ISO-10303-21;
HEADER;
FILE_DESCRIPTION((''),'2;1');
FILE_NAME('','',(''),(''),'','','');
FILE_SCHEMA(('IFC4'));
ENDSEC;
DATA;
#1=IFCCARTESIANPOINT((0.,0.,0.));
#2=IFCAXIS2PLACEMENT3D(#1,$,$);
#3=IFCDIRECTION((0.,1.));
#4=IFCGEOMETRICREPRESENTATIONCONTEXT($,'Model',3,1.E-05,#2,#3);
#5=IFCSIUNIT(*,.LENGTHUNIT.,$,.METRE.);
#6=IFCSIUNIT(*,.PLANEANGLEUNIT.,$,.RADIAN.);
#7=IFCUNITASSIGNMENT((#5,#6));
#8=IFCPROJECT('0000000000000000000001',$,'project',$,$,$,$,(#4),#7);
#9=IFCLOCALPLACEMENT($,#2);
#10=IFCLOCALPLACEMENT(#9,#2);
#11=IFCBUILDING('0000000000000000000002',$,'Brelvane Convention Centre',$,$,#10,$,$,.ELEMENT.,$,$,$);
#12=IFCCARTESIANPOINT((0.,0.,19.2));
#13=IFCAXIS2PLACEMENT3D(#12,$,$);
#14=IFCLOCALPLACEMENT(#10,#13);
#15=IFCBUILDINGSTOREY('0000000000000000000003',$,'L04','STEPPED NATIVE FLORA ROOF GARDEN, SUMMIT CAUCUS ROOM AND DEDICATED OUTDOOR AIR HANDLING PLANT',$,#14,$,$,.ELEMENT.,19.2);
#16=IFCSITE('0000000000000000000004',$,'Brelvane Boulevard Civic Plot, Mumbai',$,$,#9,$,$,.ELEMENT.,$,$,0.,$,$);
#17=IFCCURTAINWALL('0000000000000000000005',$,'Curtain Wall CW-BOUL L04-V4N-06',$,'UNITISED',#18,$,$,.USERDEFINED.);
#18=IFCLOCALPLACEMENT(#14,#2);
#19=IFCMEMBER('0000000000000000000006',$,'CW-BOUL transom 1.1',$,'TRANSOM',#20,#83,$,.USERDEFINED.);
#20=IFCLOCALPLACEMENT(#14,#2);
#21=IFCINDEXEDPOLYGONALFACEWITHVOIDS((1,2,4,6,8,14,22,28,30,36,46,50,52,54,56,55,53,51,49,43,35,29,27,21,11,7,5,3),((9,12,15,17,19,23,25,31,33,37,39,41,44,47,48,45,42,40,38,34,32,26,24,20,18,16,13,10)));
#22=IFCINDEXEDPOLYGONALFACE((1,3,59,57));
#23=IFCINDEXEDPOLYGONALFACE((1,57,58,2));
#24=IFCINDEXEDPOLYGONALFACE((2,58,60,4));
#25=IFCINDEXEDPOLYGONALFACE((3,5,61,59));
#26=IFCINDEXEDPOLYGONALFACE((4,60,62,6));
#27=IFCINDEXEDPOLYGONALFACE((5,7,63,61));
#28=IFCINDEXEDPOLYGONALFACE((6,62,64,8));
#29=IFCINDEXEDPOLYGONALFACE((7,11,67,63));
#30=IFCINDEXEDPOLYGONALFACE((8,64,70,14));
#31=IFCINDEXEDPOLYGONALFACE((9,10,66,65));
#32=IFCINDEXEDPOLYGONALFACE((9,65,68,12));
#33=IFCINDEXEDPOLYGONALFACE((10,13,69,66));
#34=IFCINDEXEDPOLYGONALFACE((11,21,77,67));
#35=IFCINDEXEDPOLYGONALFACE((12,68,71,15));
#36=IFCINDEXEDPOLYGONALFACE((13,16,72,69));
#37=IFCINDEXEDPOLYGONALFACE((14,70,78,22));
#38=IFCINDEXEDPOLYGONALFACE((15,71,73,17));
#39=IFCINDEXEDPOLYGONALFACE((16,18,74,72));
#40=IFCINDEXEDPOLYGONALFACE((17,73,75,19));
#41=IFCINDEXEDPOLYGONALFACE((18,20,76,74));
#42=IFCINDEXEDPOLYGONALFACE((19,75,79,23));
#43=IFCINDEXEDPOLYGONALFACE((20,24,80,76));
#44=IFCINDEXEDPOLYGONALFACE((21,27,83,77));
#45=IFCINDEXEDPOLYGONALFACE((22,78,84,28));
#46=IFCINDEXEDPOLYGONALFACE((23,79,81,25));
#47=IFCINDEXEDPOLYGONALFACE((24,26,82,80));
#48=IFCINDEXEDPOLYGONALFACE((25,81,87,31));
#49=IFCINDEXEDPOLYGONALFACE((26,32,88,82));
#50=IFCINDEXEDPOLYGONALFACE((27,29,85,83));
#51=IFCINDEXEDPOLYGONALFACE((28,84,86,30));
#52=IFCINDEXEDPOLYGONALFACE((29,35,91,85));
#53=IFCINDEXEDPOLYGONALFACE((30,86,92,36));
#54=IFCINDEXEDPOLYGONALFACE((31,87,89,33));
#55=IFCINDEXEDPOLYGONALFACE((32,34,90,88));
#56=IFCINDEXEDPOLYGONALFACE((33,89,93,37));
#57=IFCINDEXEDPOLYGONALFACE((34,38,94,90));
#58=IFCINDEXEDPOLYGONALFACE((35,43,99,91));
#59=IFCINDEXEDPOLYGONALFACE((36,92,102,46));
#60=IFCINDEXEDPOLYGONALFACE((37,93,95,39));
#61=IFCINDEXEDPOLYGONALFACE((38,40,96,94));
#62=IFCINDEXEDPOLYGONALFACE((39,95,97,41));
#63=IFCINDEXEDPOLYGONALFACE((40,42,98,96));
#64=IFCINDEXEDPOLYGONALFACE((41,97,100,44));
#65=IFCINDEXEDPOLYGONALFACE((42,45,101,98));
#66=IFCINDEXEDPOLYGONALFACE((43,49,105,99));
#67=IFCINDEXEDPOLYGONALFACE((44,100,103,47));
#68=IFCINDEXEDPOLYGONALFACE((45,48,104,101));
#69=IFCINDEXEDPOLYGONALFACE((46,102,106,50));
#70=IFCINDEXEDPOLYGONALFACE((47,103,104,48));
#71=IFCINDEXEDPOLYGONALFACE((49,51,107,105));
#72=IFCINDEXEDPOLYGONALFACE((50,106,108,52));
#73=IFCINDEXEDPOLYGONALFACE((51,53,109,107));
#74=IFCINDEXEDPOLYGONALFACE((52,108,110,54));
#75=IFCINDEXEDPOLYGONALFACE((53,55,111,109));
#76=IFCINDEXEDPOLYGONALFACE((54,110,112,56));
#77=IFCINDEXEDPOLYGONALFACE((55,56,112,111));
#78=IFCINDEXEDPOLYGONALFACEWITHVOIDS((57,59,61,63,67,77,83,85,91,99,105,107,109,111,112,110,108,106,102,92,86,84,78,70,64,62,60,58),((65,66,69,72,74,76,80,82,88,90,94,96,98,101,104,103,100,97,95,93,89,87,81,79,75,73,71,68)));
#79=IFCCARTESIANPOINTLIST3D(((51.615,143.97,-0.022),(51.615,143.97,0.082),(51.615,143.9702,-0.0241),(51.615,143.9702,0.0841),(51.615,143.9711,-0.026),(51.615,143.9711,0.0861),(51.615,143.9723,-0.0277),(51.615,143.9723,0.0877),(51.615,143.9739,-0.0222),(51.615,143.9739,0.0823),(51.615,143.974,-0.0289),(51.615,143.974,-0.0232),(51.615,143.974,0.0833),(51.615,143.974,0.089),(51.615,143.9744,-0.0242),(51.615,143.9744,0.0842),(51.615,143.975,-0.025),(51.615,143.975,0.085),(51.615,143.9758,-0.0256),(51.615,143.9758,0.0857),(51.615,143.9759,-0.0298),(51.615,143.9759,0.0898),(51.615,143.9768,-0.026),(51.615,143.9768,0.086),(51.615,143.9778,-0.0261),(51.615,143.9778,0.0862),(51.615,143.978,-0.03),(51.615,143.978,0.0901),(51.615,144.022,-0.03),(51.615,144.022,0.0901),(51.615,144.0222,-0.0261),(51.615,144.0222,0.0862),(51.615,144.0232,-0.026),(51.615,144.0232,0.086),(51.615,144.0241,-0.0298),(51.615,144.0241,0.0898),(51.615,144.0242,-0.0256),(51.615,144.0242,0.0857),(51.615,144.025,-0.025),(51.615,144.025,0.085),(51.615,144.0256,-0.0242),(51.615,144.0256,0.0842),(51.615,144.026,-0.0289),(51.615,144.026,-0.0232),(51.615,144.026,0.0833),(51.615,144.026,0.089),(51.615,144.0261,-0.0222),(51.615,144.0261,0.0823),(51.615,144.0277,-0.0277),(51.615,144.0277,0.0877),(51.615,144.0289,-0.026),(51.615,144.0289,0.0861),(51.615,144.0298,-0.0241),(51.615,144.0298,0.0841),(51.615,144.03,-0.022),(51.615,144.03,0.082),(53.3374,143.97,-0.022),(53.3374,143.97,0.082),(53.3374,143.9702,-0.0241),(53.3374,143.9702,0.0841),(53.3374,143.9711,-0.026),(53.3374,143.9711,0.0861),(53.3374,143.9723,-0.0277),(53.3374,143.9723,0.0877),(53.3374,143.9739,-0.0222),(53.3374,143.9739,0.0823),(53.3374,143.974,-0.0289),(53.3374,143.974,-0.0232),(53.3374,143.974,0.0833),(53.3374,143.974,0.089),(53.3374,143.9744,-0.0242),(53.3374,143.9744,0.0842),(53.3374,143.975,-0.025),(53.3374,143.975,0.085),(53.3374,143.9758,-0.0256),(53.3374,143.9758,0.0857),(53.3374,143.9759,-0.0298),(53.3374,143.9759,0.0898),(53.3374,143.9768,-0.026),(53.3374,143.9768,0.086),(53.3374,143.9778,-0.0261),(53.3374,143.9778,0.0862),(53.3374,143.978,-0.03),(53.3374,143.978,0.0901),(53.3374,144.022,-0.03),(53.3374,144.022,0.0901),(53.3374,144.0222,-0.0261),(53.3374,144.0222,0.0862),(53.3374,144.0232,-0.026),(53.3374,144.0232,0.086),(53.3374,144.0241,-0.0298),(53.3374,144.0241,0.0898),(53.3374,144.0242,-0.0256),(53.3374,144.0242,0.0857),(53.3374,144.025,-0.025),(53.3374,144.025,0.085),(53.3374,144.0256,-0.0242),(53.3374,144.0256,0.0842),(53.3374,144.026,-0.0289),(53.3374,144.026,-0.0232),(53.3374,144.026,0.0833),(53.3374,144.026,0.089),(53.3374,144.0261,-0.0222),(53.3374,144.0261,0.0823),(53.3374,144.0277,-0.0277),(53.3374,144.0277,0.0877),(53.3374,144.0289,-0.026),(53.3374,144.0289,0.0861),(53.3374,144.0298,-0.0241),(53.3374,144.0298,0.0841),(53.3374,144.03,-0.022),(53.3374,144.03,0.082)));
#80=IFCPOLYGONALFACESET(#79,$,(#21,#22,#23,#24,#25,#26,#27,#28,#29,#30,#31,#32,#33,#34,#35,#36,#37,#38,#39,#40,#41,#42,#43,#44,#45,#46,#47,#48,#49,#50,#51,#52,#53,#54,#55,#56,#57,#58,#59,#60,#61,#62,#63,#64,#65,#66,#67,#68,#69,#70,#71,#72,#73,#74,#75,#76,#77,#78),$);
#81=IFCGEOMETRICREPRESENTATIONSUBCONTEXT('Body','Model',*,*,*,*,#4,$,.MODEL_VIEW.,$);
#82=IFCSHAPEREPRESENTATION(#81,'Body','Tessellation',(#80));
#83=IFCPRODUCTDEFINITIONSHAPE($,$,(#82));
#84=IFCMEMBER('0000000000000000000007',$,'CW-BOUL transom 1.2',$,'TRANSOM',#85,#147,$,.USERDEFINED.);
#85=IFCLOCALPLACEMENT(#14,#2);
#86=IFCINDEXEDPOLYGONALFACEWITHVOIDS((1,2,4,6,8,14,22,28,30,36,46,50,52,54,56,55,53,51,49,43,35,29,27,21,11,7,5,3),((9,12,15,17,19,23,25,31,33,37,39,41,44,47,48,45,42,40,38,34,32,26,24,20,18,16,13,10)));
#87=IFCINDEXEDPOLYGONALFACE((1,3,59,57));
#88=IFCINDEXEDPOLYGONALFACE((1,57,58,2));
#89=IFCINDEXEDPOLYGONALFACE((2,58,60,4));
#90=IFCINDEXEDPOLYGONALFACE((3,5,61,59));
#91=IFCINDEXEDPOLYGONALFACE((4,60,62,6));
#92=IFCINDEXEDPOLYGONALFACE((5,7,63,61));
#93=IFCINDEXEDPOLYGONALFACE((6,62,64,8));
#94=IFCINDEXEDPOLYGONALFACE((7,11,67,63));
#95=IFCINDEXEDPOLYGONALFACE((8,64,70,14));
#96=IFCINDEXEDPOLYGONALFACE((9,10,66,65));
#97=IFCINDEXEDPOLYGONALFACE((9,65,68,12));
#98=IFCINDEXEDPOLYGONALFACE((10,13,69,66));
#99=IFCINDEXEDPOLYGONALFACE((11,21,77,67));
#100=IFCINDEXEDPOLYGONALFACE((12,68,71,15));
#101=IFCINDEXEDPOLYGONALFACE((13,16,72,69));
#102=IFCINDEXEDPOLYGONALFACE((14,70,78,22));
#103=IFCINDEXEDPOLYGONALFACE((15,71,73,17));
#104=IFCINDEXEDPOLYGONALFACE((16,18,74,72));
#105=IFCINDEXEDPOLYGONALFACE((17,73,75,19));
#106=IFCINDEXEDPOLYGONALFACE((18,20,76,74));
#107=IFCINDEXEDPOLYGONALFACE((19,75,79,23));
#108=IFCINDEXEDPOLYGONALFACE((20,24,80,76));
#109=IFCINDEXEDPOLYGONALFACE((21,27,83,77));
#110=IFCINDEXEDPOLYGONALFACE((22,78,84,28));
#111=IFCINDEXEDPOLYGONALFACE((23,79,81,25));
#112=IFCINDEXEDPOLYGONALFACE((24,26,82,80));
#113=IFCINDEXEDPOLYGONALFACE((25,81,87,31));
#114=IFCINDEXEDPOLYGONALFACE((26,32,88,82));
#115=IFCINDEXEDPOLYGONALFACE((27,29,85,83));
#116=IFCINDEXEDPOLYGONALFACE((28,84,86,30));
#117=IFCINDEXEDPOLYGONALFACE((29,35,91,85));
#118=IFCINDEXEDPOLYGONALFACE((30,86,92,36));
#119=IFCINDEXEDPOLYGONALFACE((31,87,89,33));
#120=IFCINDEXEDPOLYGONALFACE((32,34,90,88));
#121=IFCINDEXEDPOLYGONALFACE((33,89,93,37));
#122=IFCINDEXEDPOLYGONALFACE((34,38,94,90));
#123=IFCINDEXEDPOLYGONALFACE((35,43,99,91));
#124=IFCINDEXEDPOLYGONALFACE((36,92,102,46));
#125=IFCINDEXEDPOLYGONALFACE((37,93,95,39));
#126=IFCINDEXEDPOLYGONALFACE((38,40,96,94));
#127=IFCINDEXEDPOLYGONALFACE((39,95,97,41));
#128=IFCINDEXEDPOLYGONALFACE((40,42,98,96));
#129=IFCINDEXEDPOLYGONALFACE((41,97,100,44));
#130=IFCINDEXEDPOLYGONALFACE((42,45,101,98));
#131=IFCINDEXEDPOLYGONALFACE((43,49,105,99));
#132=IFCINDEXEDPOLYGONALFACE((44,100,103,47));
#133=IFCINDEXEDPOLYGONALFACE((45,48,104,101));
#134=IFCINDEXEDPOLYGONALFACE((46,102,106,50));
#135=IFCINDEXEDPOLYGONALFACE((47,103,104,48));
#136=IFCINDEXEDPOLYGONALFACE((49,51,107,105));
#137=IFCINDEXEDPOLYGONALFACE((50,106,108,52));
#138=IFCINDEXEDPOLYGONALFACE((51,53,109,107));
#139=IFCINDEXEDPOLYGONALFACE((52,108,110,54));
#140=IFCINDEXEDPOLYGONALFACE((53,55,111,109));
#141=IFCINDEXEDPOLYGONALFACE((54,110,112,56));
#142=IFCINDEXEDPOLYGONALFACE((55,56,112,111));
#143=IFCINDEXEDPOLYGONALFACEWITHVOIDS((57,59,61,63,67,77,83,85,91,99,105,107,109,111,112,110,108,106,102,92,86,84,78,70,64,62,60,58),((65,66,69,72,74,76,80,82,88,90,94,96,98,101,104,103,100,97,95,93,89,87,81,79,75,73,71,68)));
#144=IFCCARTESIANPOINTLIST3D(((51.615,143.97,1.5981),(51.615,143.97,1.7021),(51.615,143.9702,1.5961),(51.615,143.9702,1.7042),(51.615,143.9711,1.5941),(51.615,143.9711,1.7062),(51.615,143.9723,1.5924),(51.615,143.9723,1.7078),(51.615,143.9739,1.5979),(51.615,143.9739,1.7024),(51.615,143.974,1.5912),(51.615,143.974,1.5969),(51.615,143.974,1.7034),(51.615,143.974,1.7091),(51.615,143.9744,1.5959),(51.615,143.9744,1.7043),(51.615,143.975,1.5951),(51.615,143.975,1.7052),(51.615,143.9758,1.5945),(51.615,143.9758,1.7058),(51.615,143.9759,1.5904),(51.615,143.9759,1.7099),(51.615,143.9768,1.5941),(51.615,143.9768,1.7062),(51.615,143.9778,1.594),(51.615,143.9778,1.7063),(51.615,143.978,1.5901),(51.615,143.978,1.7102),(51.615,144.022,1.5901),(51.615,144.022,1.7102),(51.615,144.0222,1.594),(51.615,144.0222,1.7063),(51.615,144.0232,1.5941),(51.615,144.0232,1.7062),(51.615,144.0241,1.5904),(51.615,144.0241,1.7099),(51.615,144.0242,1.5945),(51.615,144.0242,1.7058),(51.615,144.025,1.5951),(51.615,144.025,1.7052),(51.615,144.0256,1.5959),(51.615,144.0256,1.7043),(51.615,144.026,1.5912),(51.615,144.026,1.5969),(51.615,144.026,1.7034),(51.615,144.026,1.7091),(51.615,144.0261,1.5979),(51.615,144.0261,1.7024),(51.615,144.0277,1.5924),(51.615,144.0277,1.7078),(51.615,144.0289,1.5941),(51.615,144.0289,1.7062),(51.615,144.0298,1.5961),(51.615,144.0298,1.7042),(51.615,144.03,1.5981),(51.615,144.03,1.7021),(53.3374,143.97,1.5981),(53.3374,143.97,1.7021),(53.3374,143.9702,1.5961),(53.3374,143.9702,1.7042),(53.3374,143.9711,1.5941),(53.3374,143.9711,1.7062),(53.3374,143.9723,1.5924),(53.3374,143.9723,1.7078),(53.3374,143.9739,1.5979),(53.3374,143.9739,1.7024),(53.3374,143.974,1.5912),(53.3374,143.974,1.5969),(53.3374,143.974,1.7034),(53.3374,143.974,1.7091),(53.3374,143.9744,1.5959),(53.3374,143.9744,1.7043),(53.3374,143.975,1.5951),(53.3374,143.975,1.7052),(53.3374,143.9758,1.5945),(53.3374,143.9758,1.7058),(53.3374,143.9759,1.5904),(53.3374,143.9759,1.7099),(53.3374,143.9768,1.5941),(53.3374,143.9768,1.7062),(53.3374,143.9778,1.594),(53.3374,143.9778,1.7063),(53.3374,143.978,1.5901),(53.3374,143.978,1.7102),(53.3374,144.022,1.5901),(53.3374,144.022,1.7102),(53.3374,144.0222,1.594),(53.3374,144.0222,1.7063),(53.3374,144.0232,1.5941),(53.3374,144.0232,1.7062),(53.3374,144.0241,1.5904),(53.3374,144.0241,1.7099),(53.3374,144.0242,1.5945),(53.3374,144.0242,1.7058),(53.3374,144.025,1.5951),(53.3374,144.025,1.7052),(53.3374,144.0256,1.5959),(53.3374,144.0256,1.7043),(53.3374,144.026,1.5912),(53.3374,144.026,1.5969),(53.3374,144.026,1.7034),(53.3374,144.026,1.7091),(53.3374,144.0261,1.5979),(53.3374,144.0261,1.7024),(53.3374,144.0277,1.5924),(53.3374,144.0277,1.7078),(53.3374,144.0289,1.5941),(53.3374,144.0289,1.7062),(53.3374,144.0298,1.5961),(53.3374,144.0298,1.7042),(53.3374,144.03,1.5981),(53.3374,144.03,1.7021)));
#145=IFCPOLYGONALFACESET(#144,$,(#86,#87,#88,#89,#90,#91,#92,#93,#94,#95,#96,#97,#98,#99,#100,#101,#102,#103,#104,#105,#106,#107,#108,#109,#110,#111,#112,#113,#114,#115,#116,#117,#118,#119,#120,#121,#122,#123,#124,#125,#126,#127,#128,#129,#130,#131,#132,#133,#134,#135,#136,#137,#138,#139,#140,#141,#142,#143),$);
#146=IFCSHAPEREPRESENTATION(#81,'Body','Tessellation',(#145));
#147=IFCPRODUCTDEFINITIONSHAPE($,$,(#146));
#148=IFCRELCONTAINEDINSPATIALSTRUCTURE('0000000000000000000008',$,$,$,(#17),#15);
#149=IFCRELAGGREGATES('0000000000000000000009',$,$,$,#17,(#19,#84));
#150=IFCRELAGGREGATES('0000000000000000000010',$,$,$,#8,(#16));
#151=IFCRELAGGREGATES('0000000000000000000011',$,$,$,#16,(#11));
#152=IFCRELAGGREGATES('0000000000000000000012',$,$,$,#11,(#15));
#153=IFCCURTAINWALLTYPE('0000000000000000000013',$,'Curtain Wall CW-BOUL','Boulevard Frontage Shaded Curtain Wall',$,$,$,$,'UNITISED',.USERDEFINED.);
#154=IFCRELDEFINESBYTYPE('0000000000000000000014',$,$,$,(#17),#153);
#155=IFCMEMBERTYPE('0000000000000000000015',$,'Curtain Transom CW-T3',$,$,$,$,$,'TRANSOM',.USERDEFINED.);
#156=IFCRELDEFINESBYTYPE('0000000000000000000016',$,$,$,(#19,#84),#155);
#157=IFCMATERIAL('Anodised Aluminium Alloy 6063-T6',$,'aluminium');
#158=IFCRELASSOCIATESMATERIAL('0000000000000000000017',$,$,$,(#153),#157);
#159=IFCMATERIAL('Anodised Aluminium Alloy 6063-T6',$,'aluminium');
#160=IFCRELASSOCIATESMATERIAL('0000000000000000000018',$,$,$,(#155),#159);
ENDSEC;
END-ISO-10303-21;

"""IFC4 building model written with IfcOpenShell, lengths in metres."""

from ifc_helpers import new_model, si_unit, direction, frame, origin, origin_2d, place, context, subcontext, project, spatial, hollow_rectangle, extrude, material, material_profile, profile_set, type_object, element, aggregate, save


model = new_model("IFC4")

# Units and contexts
model_context = context("Model", 3, precision=1e-05, world=origin(), true_north=direction((0.0, 1.0)))
body_context = subcontext(model_context, "Body", "Model", "MODEL_VIEW")
ifc_project = project(units=[si_unit("LENGTHUNIT", "METRE"), si_unit("PLANEANGLEUNIT", "RADIAN")], contexts=[model_context])

# Site, building, storey
site_placement = place(None, origin())
site = spatial("IfcSite", under=ifc_project, at=site_placement, Name="Brelvane Boulevard Civic Plot, Mumbai", CompositionType="ELEMENT", RefElevation=0.0)
building_placement = place(site_placement, origin())
building = spatial("IfcBuilding", under=site, at=building_placement, Name="Brelvane Convention Centre", CompositionType="ELEMENT")
storey_placement = place(building_placement, frame((0.0, 0.0, 19.2)))
storey = spatial("IfcBuildingStorey", under=building, at=storey_placement, Name="L04", Description="STEPPED NATIVE FLORA ROOF GARDEN, SUMMIT CAUCUS ROOM AND DEDICATED OUTDOOR AIR HANDLING PLANT", CompositionType="ELEMENT", Elevation=19.2)

# Shared definitions
ifc_material_1 = material(Name="Anodised Aluminium Alloy 6063-T6", Category="aluminium")
curtain_wall_type = type_object("IfcCurtainWallType", Name="Curtain Wall CW-BOUL", Description="Boulevard Frontage Shaded Curtain Wall", ElementType="UNITISED", PredefinedType="USERDEFINED", material=ifc_material_1)

# Curtain wall
curtain_wall_1_placement = place(storey_placement, origin())
curtain_wall_1 = element("IfcCurtainWall", 1, at=curtain_wall_1_placement, inside=storey, type_object=curtain_wall_type, Name="Curtain Wall CW-BOUL L04-V4N-06", ObjectType="UNITISED", PredefinedType="USERDEFINED")

# Members
ifc_material_2 = material(Name="Anodised Aluminium Alloy 6063-T6", Category="aluminium")
ifc_material_profile_1 = material_profile(ifc_material_2, hollow_rectangle(XDim=0.0601, YDim=0.1201, WallThickness=0.0039, InnerFilletRadius=0.0039, OuterFilletRadius=0.0081, at=origin_2d()), Name="ALU-T 120x60x4.0")
ifc_profile_set_1 = profile_set([ifc_material_profile_1], Name="Anodised Aluminium Alloy 6063-T6")
member_type_1 = type_object("IfcMemberType", Name="Curtain Transom CW-T3", ElementType="TRANSOM", PredefinedType="USERDEFINED", material=ifc_profile_set_1)
member_1_placement = place(storey_placement, frame((51.615, 144.0, 0.03), z_axis=(1.0, 0.0, 0.0), x_axis=(0.0, 1.0, 0.0)))
member_1 = element("IfcMember", 2, at=member_1_placement, type_object=member_type_1, Name="CW-BOUL transom 1.1", ObjectType="TRANSOM", PredefinedType="USERDEFINED", context=body_context, shape_type="SweptSolid", body=[
    extrude(hollow_rectangle(XDim=0.0601, YDim=0.1201, WallThickness=0.0039, InnerFilletRadius=0.0039, OuterFilletRadius=0.0081, at=origin_2d()), origin(), (0.0, 0.0, 1.0), 1.7224),
])
member_2_placement = place(storey_placement, frame((51.615, 144.0, 1.6501), z_axis=(1.0, 0.0, 0.0), x_axis=(0.0, 1.0, 0.0)))
member_2 = element("IfcMember", 3, at=member_2_placement, type_object=member_type_1, Name="CW-BOUL transom 1.2", ObjectType="TRANSOM", PredefinedType="USERDEFINED", context=body_context, shape_type="SweptSolid", body=[
    extrude(hollow_rectangle(XDim=0.0601, YDim=0.1201, WallThickness=0.0039, InnerFilletRadius=0.0039, OuterFilletRadius=0.0081, at=origin_2d()), origin(), (0.0, 0.0, 1.0), 1.7224),
])

aggregate(curtain_wall_1, [member_1, member_2])

save(model, "model.ifc")
